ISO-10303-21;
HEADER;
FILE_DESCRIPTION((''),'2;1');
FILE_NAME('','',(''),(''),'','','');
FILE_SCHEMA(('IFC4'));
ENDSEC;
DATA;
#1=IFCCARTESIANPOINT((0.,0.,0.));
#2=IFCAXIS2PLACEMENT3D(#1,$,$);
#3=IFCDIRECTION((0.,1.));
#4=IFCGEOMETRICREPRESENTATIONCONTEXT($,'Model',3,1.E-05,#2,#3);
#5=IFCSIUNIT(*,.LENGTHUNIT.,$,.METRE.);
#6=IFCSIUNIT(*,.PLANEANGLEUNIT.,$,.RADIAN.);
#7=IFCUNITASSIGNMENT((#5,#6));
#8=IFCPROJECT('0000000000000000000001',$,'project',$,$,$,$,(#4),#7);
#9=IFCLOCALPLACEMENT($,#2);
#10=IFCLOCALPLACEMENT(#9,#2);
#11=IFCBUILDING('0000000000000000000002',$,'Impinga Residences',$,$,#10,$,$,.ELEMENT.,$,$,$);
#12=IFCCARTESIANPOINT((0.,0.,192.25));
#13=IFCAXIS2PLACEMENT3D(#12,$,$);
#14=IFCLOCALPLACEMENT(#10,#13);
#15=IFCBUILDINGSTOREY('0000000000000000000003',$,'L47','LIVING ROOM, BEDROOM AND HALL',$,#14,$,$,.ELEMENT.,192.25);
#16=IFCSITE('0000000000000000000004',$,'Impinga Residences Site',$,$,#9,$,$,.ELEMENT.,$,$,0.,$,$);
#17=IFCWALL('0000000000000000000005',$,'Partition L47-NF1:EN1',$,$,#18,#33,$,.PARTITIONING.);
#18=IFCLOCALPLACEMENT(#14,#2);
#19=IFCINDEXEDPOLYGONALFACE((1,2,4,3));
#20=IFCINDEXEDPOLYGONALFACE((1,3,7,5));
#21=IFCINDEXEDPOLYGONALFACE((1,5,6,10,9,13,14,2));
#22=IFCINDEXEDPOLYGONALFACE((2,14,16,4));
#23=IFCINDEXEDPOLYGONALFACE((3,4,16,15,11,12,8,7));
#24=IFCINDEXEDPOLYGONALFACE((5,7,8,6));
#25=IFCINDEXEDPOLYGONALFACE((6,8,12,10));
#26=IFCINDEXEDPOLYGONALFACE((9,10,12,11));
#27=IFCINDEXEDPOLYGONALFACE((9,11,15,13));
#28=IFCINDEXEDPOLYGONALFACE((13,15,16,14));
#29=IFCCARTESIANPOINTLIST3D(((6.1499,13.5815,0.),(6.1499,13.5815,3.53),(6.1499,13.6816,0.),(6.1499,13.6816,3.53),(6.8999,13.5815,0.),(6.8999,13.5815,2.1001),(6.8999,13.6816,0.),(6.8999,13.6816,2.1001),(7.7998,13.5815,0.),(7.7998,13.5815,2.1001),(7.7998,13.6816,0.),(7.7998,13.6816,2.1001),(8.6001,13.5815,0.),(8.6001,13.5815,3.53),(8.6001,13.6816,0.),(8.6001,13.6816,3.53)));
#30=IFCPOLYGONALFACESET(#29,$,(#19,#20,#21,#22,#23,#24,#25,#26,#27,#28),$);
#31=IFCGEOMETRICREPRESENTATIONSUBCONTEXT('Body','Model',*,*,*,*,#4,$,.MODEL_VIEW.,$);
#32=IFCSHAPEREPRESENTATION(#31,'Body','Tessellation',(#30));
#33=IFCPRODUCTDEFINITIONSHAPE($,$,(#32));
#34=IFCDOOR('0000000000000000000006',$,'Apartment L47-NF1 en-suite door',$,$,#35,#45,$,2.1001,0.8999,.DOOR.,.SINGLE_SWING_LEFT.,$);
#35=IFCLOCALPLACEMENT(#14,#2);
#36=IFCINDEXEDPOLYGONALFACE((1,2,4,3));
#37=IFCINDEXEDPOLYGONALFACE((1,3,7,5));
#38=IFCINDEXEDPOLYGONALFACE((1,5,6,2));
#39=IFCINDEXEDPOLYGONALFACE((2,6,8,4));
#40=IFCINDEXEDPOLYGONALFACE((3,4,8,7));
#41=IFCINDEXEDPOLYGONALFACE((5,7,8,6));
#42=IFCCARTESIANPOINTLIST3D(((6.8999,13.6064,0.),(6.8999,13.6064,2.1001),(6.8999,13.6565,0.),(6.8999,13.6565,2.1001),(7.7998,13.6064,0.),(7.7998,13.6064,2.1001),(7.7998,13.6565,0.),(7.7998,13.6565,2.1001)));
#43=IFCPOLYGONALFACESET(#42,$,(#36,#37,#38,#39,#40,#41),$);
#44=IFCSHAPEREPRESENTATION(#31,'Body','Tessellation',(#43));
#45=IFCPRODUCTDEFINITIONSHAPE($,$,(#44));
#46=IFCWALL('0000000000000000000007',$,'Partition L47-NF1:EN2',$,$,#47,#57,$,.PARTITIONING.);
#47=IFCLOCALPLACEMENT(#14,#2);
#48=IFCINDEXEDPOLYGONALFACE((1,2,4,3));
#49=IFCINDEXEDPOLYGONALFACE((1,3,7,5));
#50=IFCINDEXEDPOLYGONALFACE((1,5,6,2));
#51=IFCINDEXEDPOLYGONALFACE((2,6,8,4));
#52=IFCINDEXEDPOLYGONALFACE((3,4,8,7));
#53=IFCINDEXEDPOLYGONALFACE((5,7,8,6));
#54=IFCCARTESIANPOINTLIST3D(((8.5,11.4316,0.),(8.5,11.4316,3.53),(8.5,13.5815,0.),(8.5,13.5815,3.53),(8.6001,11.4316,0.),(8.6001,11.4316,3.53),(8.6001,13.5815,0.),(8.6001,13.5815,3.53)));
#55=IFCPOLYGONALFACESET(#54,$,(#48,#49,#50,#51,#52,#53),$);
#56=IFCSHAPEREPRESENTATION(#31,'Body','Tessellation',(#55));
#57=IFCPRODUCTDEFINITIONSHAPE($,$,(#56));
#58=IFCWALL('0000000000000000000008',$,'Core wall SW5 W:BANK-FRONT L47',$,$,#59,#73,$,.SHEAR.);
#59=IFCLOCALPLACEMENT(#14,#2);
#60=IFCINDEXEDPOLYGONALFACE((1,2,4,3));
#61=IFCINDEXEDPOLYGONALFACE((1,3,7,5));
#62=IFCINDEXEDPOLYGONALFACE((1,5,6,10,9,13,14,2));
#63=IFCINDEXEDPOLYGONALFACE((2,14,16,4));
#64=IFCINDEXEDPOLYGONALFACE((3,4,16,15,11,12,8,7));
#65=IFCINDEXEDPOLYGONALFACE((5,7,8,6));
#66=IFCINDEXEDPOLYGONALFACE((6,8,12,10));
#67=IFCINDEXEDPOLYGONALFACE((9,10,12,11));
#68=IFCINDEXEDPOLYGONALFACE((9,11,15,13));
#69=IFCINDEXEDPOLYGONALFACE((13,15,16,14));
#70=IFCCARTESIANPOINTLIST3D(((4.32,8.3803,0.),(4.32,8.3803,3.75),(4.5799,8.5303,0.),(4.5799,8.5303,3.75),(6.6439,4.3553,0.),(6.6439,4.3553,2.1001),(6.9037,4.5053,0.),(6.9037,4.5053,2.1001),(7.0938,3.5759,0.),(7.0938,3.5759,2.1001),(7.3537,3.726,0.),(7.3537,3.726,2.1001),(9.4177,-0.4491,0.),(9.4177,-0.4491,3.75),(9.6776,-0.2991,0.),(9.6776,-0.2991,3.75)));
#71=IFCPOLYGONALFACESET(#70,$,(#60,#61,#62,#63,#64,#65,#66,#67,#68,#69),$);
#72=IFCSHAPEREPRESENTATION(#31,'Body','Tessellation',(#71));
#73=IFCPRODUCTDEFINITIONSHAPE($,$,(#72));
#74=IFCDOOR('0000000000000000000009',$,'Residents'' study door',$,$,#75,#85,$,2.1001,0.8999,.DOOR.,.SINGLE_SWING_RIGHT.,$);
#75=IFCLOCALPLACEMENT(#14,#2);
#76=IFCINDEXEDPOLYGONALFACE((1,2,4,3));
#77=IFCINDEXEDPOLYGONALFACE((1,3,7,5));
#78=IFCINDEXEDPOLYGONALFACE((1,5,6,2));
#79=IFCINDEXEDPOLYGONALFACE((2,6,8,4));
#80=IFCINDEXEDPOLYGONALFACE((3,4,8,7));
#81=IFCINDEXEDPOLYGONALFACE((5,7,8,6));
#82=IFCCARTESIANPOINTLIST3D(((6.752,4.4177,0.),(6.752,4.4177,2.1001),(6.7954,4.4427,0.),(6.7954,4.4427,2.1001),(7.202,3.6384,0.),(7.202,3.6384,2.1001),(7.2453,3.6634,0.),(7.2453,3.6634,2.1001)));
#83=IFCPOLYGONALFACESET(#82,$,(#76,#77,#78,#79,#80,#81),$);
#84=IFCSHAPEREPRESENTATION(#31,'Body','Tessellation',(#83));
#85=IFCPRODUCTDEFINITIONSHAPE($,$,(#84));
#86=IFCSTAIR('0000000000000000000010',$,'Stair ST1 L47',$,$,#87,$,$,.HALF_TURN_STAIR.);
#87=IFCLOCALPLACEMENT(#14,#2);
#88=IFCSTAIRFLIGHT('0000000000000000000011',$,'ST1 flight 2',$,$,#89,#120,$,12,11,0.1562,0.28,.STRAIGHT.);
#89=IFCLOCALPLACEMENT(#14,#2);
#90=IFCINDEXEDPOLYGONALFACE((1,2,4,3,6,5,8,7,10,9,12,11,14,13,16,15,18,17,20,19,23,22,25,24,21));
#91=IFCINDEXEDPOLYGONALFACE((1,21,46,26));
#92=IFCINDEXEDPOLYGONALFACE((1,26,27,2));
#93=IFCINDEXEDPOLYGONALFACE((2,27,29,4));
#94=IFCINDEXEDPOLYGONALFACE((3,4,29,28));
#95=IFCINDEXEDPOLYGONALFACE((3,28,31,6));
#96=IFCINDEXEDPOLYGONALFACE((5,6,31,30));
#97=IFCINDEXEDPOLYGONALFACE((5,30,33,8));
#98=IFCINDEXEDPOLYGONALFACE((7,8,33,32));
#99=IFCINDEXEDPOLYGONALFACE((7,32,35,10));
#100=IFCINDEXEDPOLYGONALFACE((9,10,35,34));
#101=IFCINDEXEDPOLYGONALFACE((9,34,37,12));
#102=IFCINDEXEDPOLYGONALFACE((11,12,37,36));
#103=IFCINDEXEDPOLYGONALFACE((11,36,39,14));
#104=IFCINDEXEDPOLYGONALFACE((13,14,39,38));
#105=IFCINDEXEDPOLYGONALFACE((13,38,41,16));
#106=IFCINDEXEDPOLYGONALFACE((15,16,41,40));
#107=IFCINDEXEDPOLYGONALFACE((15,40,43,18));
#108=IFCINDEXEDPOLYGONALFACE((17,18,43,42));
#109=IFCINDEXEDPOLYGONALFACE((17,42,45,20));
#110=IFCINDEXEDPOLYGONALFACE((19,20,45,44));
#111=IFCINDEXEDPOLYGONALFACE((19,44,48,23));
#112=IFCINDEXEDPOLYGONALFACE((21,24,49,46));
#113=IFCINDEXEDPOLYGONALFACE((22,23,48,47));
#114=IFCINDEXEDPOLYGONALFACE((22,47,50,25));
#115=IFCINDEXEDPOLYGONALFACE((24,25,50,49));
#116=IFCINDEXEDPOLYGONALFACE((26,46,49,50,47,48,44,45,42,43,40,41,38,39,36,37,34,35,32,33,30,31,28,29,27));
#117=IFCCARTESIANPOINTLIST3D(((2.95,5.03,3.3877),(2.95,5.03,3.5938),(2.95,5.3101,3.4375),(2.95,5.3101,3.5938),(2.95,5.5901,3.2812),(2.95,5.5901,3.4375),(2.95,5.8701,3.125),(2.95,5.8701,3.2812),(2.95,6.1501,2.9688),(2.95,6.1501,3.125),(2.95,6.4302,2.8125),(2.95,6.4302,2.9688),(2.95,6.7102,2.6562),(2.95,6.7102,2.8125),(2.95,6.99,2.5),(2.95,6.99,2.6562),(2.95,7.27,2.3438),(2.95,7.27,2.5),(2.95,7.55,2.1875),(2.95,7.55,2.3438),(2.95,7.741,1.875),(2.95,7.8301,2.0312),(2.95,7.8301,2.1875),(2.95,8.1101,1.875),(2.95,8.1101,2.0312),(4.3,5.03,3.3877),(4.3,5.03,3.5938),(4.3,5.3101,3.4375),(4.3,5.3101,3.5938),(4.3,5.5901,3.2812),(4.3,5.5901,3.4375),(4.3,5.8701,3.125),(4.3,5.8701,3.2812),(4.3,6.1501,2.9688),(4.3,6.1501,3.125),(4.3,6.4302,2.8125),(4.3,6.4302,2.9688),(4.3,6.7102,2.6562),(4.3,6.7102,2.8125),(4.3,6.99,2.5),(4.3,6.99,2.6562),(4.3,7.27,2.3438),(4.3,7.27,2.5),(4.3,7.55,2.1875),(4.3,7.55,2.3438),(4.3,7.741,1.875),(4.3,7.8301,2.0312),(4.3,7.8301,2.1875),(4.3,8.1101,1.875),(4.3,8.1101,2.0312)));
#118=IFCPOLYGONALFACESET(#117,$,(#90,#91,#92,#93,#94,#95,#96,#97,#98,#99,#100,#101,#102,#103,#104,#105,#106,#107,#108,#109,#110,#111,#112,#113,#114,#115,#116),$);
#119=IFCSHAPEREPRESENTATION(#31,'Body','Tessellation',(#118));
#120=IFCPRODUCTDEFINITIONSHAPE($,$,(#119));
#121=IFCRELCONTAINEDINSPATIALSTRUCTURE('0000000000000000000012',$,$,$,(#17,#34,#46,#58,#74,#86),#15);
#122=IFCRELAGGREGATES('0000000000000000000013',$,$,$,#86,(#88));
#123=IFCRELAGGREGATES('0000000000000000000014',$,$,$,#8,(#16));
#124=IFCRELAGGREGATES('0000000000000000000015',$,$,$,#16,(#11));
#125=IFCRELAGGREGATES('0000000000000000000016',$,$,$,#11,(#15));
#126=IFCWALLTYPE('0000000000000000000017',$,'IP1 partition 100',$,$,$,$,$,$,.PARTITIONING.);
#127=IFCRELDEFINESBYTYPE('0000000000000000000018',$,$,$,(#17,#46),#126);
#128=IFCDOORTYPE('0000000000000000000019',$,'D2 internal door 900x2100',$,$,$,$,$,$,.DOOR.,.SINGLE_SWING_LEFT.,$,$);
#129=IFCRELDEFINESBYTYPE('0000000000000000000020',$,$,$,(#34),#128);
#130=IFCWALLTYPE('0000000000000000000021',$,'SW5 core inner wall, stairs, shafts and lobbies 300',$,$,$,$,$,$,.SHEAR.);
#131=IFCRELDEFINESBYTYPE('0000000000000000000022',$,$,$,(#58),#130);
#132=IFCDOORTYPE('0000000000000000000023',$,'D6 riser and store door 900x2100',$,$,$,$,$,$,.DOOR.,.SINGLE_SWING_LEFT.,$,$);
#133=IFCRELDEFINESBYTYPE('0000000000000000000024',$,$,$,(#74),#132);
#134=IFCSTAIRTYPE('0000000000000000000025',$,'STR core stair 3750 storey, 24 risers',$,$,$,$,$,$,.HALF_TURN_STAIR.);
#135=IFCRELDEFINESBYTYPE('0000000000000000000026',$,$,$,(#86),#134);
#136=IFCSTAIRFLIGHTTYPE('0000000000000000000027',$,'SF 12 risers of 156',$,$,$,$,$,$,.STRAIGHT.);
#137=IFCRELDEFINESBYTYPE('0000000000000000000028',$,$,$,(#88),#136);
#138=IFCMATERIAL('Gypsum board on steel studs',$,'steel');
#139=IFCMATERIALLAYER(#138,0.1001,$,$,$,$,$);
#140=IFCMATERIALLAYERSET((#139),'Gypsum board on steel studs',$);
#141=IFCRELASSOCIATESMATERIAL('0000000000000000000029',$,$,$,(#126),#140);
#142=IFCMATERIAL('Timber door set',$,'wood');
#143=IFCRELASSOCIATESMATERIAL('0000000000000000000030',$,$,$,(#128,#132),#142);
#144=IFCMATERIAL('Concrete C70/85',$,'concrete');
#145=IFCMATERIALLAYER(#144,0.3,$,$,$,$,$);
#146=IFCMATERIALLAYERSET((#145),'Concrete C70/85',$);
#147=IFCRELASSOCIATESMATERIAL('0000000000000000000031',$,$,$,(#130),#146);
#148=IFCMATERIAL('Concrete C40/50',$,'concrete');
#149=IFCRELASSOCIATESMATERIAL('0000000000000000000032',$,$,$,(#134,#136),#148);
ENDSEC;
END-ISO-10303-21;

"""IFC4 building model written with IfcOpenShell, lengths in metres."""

from ifc_helpers import new_model, si_unit, direction, frame, frame_2d, origin, place, context, subcontext, project, spatial, polyline, rectangle, outline, extrude, material, layer, layer_set, type_object, element, fill, aggregate, save


model = new_model("IFC4")

# Units and contexts
model_context = context("Model", 3, precision=1e-05, world=origin(), true_north=direction((0.0, 1.0)))
body_context = subcontext(model_context, "Body", "Model", "MODEL_VIEW")
ifc_project = project(units=[si_unit("LENGTHUNIT", "METRE"), si_unit("PLANEANGLEUNIT", "RADIAN")], contexts=[model_context])

# Site, building, storey
site_placement = place(None, origin())
site = spatial("IfcSite", under=ifc_project, at=site_placement, Name="Impinga Residences Site", CompositionType="ELEMENT", RefElevation=0.0)
building_placement = place(site_placement, origin())
building = spatial("IfcBuilding", under=site, at=building_placement, Name="Impinga Residences", CompositionType="ELEMENT")
storey_placement = place(building_placement, frame((0.0, 0.0, 192.25)))
storey = spatial("IfcBuildingStorey", under=building, at=storey_placement, Name="L47", Description="LIVING ROOM, BEDROOM AND HALL", CompositionType="ELEMENT", Elevation=192.25)

# Shared definitions
ifc_material_1 = material(Name="Timber door set", Category="wood")

# Shared definitions
ifc_material_2 = material(Name="Gypsum board on steel studs", Category="steel")
ifc_layer_1 = layer(ifc_material_2, 0.1001)
ifc_layer_set_1 = layer_set([ifc_layer_1], Name="Gypsum board on steel studs")
wall_type_1 = type_object("IfcWallType", Name="IP1 partition 100", PredefinedType="PARTITIONING", material=ifc_layer_set_1)

# Shared definitions
door_type_1 = type_object("IfcDoorType", Name="D2 internal door 900x2100", OperationType="SINGLE_SWING_LEFT", PredefinedType="DOOR", material=ifc_material_1)

# Wall, opening, door
wall_1_placement = place(storey_placement, frame((6.1499, 13.6316, 0.0), z_axis=(0.0, 0.0, 1.0), x_axis=(1.0, 0.0, 0.0)))
wall_1 = element("IfcWall", 1, at=wall_1_placement, inside=storey, type_object=wall_type_1, Name="Partition L47-NF1:EN1", PredefinedType="PARTITIONING", context=body_context, shape_type="SweptSolid", body=[
    extrude(rectangle(XDim=2.4502, YDim=0.1001, at=frame_2d((1.2251, 0.0))), origin(), (0.0, 0.0, 1.0), 3.53),
])
opening_1_placement = place(wall_1_placement, frame((0.75, 0.0, 0.0)))
opening_1 = element("IfcOpeningElement", 2, at=opening_1_placement, cuts=wall_1, PredefinedType="OPENING", context=body_context, shape_type="SweptSolid", body=[
    extrude(rectangle(XDim=0.8999, YDim=2.1001, at=frame_2d((0.45, 1.05))), frame((0.0, 0.0601, 0.0), z_axis=(0.0, -1.0, 0.0), x_axis=(1.0, 0.0, 0.0)), (0.0, 0.0, 1.0), 0.1201),
])
door_1_placement = place(opening_1_placement, origin())
door_1 = element("IfcDoor", 3, at=door_1_placement, inside=storey, type_object=door_type_1, Name="Apartment L47-NF1 en-suite door", OperationType="SINGLE_SWING_LEFT", OverallHeight=2.1001, OverallWidth=0.8999, PredefinedType="DOOR", context=body_context, shape_type="SweptSolid", body=[
    extrude(rectangle(XDim=0.8999, YDim=2.1001, at=frame_2d((0.45, 1.05))), frame((0.0, 0.0249, 0.0), z_axis=(0.0, -1.0, 0.0), x_axis=(1.0, 0.0, 0.0)), (0.0, 0.0, 1.0), 0.05),
])
fill(opening_1, door_1)

# Wall
wall_2_placement = place(storey_placement, frame((8.55, 11.4316, 0.0), z_axis=(0.0, 0.0, 1.0), x_axis=(0.0, 1.0, 0.0)))
element("IfcWall", 4, at=wall_2_placement, inside=storey, type_object=wall_type_1, Name="Partition L47-NF1:EN2", PredefinedType="PARTITIONING", context=body_context, shape_type="SweptSolid", body=[
    extrude(rectangle(XDim=2.1499, YDim=0.1001, at=frame_2d((1.075, 0.0))), origin(), (0.0, 0.0, 1.0), 3.53),
])

# Wall, opening, door
ifc_material_3 = material(Name="Concrete C70/85", Category="concrete")
ifc_layer_2 = layer(ifc_material_3, 0.3)
ifc_layer_set_2 = layer_set([ifc_layer_2], Name="Concrete C70/85")
wall_type_2 = type_object("IfcWallType", Name="SW5 core inner wall, stairs, shafts and lobbies 300", PredefinedType="SHEAR", material=ifc_layer_set_2)
wall_3_placement = place(storey_placement, frame((4.45, 8.4553, 0.0), z_axis=(0.0, 0.0, 1.0), x_axis=(0.500002, -0.866024, 0.0)))
wall_3 = element("IfcWall", 5, at=wall_3_placement, inside=storey, type_object=wall_type_2, Name="Core wall SW5 W:BANK-FRONT L47", PredefinedType="SHEAR", context=body_context, shape_type="SweptSolid", body=[
    extrude(rectangle(XDim=10.1953, YDim=0.3, at=frame_2d((5.0977, 0.0))), origin(), (0.0, 0.0, 1.0), 3.75),
])
opening_2_placement = place(wall_3_placement, frame((4.6477, 0.0, 0.0)))
opening_2 = element("IfcOpeningElement", 6, at=opening_2_placement, cuts=wall_3, PredefinedType="OPENING", context=body_context, shape_type="SweptSolid", body=[
    extrude(rectangle(XDim=0.8999, YDim=2.1001, at=frame_2d((0.45, 1.05))), frame((0.0, 0.1599, 0.0), z_axis=(0.0, -1.0, 0.0), x_axis=(1.0, 0.0, 0.0)), (0.0, 0.0, 1.0), 0.3201),
])
door_type_2 = type_object("IfcDoorType", Name="D6 riser and store door 900x2100", OperationType="SINGLE_SWING_LEFT", PredefinedType="DOOR", material=ifc_material_1)
door_2_placement = place(opening_2_placement, origin())
door_2 = element("IfcDoor", 7, at=door_2_placement, inside=storey, type_object=door_type_2, Name="Residents' study door", OperationType="SINGLE_SWING_RIGHT", OverallHeight=2.1001, OverallWidth=0.8999, PredefinedType="DOOR", context=body_context, shape_type="SweptSolid", body=[
    extrude(rectangle(XDim=0.8999, YDim=2.1001, at=frame_2d((0.45, 1.05))), frame((0.0, 0.0249, 0.0), z_axis=(0.0, -1.0, 0.0), x_axis=(1.0, 0.0, 0.0)), (0.0, 0.0, 1.0), 0.05),
])
fill(opening_2, door_2)

# Stair, stair flight
ifc_material_4 = material(Name="Concrete C40/50", Category="concrete")
stair_type = type_object("IfcStairType", Name="STR core stair 3750 storey, 24 risers", PredefinedType="HALF_TURN_STAIR", material=ifc_material_4)
stair_placement = place(storey_placement, origin())
stair = element("IfcStair", 8, at=stair_placement, inside=storey, type_object=stair_type, Name="Stair ST1 L47", PredefinedType="HALF_TURN_STAIR")
stair_flight_type = type_object("IfcStairFlightType", Name="SF 12 risers of 156", PredefinedType="STRAIGHT", material=ifc_material_4)
stair_flight_placement = place(storey_placement, frame((3.625, 8.1101, 1.875), z_axis=(0.0, 0.0, 1.0), x_axis=(0.0, -1.0, 0.0)))
stair_flight = element("IfcStairFlight", 9, at=stair_flight_placement, type_object=stair_flight_type, Name="ST1 flight 2", NumberOfRisers=12, NumberOfTreads=11, PredefinedType="STRAIGHT", RiserHeight=0.1562, TreadLength=0.28, context=body_context, shape_type="SweptSolid", body=[
    extrude(outline(polyline([(0.0, 0.0), (0.0, 0.1562), (0.28, 0.1562), (0.28, 0.3125), (0.5601, 0.3125), (0.5601, 0.4688), (0.8401, 0.4688), (0.8401, 0.625), (1.1201, 0.625), (1.1201, 0.7812), (1.3999, 0.7812), (1.3999, 0.9375), (1.6799, 0.9375), (1.6799, 1.0938), (1.96, 1.0938), (1.96, 1.25), (2.24, 1.25), (2.24, 1.4062), (2.52, 1.4062), (2.52, 1.5625), (2.8, 1.5625), (2.8, 1.7188), (3.0801, 1.7188), (3.0801, 1.875), (3.0801, 1.5127), (0.3691, 0.0), (0.0, 0.0)])), frame((0.0, 0.675, 0.0), z_axis=(0.0, -1.0, 0.0), x_axis=(1.0, 0.0, 0.0)), (0.0, 0.0, 1.0), 1.3501),
])
aggregate(stair, [stair_flight])

save(model, "model.ifc")
